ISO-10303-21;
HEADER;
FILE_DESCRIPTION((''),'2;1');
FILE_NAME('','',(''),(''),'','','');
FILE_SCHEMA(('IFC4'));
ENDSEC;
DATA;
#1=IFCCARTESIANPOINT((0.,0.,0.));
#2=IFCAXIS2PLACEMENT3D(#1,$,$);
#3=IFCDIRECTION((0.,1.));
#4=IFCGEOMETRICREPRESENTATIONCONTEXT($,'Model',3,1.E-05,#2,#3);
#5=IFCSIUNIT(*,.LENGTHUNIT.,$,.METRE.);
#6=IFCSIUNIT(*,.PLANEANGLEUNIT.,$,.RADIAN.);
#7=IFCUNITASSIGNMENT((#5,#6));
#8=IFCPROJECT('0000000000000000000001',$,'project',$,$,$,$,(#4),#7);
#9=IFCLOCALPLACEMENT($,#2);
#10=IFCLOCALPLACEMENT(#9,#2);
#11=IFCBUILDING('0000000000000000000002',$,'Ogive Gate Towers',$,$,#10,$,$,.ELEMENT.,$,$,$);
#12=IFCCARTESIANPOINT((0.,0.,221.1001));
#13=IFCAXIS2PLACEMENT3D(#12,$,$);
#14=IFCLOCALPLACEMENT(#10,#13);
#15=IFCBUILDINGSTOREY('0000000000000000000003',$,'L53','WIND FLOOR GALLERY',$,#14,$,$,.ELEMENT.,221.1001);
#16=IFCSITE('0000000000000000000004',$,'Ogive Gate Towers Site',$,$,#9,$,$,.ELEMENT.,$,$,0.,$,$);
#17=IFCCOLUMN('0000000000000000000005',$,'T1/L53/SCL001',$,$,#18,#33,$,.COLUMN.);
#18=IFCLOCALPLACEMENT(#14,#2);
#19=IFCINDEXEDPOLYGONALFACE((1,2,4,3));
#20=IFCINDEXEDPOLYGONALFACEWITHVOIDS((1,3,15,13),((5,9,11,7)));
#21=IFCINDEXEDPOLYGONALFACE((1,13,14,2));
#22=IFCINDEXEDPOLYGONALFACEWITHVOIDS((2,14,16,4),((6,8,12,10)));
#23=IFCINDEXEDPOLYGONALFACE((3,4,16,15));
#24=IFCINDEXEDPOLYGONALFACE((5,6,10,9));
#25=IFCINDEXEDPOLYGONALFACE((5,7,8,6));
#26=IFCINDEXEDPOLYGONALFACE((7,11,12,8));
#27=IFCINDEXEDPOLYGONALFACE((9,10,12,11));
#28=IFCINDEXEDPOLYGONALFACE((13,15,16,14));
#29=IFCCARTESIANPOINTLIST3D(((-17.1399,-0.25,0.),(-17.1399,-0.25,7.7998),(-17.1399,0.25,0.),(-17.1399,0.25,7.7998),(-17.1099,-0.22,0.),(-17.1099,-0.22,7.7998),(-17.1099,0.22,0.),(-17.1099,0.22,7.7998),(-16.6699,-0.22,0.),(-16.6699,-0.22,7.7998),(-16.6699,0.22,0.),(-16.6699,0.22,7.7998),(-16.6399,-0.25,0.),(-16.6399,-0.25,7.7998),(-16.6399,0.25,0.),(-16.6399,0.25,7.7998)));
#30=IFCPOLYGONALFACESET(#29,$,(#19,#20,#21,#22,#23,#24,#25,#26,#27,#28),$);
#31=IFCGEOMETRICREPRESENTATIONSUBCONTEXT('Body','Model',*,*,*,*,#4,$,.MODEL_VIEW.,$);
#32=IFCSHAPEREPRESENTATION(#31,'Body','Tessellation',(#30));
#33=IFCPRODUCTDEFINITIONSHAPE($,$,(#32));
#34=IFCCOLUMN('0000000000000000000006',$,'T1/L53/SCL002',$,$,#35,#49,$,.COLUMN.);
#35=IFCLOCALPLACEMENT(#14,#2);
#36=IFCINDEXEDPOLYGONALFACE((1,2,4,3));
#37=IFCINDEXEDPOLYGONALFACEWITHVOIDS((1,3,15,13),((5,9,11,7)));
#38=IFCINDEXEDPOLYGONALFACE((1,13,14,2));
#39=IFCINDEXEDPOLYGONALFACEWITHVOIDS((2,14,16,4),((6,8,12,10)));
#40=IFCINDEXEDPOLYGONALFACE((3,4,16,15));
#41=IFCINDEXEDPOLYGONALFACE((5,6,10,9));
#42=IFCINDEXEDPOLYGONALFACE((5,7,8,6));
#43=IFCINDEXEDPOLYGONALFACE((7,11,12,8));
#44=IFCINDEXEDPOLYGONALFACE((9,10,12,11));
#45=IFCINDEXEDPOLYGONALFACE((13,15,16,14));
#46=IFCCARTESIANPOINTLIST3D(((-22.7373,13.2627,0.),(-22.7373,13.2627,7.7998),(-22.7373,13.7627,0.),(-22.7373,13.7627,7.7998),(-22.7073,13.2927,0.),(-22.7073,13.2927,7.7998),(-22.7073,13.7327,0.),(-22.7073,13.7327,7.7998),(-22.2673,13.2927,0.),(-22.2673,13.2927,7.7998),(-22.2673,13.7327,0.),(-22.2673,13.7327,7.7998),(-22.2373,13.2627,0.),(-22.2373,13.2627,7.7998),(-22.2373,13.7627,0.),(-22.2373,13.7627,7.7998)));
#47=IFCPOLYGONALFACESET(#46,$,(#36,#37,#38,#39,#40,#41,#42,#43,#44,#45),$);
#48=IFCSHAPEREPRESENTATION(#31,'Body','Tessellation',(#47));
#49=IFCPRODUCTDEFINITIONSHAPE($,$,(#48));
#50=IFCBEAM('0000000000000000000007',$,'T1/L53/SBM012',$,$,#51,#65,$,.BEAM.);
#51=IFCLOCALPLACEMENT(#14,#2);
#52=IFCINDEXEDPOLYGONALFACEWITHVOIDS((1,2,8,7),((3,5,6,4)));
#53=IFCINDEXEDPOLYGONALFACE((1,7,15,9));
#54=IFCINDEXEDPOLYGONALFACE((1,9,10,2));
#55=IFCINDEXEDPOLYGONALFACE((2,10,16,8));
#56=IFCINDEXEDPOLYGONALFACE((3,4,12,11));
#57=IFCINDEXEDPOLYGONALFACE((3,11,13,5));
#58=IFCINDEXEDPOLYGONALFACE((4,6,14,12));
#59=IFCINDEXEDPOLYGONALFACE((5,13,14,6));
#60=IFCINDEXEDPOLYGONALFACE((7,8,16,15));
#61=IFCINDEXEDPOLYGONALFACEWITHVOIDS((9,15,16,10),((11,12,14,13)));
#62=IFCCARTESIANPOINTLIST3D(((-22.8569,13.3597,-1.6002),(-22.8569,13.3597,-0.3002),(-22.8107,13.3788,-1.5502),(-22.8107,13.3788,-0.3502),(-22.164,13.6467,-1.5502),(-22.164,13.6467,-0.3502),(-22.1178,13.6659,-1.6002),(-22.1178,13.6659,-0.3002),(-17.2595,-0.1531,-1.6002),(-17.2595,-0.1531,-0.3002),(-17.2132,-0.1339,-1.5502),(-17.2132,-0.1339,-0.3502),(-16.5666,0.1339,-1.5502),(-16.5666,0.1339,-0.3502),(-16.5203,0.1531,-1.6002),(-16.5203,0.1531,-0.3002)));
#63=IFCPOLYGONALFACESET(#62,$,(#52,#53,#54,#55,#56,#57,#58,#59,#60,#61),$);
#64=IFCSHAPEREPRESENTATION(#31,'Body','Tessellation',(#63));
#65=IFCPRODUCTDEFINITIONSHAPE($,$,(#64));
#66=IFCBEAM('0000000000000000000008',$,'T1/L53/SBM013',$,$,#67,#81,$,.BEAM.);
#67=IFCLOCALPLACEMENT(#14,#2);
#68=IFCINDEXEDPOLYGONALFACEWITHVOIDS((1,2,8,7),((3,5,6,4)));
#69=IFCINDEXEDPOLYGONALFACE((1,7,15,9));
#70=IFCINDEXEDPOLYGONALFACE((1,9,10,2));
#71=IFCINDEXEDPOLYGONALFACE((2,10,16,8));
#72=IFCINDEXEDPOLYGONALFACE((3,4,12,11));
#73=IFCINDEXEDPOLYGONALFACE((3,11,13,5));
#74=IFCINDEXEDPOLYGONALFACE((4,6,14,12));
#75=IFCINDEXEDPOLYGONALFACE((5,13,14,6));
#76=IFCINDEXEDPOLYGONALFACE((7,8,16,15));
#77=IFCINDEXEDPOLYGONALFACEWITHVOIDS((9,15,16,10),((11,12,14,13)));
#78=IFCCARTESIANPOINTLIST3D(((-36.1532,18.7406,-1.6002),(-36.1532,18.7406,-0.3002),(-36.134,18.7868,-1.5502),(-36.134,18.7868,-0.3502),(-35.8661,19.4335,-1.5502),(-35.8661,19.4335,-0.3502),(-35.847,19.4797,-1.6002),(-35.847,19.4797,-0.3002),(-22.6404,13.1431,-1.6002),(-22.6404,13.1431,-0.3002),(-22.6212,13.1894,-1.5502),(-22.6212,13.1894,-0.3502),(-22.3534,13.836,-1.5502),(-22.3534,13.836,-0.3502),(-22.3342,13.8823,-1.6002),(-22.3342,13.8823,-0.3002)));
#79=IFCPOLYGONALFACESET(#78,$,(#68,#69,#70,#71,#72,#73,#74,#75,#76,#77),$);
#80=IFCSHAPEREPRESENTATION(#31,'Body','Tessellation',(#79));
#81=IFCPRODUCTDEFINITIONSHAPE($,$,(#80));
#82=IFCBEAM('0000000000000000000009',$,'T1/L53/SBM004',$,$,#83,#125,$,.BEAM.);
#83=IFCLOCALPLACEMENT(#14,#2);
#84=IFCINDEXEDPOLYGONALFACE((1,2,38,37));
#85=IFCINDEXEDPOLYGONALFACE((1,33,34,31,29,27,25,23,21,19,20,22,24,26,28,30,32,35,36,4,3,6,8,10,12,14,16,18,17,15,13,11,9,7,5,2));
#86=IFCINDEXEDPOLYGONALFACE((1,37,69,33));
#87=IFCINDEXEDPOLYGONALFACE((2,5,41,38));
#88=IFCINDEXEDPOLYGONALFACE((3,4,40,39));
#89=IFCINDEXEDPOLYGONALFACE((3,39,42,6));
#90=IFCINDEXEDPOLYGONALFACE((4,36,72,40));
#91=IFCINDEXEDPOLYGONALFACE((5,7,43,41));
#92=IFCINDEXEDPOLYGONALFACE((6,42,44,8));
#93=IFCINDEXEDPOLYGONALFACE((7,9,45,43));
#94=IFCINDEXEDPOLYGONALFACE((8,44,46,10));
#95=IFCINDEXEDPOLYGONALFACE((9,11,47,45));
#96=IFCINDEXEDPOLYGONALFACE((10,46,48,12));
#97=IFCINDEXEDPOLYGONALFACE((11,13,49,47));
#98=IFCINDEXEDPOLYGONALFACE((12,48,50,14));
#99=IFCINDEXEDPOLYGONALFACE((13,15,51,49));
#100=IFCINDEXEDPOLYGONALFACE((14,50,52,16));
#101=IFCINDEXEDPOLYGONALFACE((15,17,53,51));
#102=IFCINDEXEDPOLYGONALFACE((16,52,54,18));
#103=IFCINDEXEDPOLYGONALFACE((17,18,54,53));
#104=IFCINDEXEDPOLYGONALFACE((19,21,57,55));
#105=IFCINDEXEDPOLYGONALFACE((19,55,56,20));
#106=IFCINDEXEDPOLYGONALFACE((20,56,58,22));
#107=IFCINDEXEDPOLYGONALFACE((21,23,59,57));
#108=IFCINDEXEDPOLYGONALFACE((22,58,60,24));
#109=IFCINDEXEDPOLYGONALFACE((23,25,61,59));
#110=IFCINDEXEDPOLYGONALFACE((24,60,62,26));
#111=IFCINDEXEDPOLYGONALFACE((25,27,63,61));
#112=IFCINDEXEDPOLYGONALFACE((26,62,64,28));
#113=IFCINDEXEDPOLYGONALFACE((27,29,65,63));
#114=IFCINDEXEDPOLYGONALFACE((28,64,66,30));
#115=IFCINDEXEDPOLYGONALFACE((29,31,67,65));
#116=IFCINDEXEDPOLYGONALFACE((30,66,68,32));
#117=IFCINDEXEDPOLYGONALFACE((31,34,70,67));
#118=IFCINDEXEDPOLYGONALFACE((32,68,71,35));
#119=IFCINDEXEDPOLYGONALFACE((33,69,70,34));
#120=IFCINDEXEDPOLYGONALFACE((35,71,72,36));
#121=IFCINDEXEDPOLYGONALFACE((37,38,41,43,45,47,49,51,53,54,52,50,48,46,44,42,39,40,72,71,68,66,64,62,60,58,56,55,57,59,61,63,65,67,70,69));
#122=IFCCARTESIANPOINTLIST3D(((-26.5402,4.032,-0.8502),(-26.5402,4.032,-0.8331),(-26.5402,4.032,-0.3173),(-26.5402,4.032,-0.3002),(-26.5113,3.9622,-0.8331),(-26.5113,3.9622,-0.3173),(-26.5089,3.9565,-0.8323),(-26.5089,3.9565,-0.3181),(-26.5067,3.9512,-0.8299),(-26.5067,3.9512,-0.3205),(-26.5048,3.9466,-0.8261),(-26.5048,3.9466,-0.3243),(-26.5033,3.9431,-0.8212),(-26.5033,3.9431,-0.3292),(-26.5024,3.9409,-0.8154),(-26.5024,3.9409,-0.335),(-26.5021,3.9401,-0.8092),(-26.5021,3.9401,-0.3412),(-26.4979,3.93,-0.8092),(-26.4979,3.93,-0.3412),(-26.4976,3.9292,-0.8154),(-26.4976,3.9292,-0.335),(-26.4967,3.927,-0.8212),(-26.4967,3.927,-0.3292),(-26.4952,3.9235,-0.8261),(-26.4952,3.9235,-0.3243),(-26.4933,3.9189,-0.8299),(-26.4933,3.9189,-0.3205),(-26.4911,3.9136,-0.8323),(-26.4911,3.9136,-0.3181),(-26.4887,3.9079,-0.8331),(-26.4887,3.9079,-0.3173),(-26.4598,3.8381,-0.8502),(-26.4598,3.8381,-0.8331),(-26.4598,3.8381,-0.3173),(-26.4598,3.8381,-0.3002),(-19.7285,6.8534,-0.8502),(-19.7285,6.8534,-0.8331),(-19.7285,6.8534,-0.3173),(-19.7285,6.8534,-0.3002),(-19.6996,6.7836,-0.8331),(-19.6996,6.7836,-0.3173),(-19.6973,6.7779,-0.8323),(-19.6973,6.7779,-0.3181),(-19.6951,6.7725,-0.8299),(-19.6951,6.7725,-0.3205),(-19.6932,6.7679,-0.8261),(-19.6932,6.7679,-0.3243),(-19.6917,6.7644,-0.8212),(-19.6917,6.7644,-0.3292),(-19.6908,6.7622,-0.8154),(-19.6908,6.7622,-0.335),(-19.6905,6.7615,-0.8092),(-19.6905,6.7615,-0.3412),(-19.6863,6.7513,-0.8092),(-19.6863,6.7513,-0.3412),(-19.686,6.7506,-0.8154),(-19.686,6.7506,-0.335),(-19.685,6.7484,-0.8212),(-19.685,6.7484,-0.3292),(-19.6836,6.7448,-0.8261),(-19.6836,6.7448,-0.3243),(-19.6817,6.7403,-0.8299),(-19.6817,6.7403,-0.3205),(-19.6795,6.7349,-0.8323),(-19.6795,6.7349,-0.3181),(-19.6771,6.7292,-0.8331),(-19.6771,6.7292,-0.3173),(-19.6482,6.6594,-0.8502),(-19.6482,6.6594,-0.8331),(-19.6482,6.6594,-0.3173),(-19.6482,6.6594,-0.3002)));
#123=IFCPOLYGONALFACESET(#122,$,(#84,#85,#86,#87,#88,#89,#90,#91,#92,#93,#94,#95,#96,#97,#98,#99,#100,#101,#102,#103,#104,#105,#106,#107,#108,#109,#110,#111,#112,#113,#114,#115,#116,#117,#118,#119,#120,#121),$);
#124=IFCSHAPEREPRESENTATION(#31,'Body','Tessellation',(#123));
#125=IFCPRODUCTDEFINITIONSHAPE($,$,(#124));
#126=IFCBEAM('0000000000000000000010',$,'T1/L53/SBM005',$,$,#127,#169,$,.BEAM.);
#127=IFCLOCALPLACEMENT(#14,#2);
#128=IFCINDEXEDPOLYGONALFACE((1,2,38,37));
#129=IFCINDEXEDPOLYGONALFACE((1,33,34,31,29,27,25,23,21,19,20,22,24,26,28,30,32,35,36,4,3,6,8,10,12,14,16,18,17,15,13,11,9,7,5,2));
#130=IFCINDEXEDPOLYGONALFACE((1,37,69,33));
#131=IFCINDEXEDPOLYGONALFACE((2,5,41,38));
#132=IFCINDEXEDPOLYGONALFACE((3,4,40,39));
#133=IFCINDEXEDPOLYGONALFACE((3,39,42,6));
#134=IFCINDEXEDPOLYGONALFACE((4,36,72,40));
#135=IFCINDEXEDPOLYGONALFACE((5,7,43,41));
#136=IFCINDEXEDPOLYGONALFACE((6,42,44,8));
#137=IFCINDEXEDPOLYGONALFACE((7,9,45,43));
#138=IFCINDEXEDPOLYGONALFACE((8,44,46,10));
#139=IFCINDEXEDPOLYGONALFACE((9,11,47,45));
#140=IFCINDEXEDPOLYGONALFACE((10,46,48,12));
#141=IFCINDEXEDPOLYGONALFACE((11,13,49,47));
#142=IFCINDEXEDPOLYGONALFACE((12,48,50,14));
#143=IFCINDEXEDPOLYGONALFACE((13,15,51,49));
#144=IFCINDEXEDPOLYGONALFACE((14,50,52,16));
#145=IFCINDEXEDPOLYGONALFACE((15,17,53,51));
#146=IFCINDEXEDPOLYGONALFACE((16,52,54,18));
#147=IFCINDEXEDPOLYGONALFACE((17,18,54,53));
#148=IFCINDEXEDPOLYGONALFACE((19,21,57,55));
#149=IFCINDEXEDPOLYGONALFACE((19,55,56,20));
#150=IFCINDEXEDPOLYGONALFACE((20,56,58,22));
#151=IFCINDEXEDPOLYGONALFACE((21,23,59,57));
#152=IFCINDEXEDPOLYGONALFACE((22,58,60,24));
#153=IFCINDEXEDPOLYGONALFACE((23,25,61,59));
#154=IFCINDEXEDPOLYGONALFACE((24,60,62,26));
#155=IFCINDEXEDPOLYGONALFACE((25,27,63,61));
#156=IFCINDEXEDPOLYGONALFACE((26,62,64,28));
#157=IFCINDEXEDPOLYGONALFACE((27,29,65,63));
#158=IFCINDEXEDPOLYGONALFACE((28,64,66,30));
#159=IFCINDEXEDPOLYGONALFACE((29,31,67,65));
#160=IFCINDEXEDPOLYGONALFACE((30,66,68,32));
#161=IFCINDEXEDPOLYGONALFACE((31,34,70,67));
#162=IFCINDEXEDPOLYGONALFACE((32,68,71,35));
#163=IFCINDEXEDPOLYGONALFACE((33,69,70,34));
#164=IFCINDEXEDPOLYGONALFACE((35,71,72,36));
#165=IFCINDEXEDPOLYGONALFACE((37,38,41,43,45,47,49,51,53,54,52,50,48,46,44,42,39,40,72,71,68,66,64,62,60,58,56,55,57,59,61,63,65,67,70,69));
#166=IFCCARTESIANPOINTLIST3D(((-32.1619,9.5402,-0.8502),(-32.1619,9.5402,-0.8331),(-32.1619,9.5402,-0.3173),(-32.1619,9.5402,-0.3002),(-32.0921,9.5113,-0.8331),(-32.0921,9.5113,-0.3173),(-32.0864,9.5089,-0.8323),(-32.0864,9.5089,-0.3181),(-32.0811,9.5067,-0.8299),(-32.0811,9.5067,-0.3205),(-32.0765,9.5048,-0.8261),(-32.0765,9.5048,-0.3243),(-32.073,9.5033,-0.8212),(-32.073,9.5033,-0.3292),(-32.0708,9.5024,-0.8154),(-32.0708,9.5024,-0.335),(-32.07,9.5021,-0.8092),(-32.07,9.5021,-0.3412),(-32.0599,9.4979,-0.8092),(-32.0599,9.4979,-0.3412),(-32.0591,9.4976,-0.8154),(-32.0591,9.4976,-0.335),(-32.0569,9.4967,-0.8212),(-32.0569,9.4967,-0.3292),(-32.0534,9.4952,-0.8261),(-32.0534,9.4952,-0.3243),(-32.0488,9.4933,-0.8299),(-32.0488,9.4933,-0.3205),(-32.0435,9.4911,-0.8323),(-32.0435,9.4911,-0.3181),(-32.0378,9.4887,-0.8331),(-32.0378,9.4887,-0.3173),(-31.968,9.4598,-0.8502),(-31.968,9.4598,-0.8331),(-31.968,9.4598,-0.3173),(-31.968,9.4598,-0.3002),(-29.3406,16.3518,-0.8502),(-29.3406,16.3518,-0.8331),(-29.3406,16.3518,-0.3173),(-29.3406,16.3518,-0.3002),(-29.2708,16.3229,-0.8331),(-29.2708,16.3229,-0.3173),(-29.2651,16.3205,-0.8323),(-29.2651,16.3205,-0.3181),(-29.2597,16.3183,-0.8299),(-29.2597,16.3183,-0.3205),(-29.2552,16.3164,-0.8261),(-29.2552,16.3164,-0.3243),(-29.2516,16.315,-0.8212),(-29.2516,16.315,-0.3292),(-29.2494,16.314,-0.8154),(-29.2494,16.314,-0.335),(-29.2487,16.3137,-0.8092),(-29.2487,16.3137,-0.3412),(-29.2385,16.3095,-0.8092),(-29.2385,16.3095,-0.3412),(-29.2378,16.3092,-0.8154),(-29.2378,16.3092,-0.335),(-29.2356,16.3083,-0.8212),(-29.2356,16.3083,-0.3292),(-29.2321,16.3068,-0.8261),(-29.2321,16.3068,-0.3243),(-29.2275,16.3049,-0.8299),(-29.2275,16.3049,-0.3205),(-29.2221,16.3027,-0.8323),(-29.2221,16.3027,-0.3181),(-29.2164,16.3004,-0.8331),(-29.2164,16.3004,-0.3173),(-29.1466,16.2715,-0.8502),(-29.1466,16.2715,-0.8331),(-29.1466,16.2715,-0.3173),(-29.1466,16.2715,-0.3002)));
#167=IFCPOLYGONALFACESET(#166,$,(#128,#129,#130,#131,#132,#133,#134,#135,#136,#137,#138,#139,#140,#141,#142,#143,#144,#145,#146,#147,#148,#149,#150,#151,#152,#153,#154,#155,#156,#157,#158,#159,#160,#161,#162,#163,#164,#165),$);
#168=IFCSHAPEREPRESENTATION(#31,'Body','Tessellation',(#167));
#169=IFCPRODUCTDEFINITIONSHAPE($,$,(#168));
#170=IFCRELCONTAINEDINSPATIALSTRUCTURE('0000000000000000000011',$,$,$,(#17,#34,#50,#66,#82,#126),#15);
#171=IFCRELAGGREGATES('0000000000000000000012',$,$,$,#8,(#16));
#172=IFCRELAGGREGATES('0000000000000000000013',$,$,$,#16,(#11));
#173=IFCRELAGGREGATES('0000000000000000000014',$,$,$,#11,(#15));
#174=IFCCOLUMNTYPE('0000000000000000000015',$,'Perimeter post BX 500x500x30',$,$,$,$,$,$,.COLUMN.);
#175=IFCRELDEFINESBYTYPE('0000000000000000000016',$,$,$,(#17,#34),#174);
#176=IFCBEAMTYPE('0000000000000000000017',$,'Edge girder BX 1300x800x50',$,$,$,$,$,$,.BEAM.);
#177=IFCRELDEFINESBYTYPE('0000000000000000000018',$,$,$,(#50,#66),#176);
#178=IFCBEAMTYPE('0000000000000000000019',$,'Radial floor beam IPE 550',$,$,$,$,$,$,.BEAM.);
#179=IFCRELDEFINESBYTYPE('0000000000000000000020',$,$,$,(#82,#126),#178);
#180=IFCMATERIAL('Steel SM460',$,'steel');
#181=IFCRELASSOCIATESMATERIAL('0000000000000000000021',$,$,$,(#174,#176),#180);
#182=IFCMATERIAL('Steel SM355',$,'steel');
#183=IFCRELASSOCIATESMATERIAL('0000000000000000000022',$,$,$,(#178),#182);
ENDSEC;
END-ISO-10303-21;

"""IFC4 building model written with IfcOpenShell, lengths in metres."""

from ifc_helpers import new_model, si_unit, direction, frame, origin, origin_2d, place, context, subcontext, project, spatial, hollow_rectangle, i_section, extrude, material, material_profile, profile_set, type_object, element, save


model = new_model("IFC4")

# Units and contexts
model_context = context("Model", 3, precision=1e-05, world=origin(), true_north=direction((0.0, 1.0)))
body_context = subcontext(model_context, "Body", "Model", "MODEL_VIEW")
ifc_project = project(units=[si_unit("LENGTHUNIT", "METRE"), si_unit("PLANEANGLEUNIT", "RADIAN")], contexts=[model_context])

# Site, building, storey
site_placement = place(None, origin())
site = spatial("IfcSite", under=ifc_project, at=site_placement, Name="Ogive Gate Towers Site", CompositionType="ELEMENT", RefElevation=0.0)
building_placement = place(site_placement, origin())
building = spatial("IfcBuilding", under=site, at=building_placement, Name="Ogive Gate Towers", CompositionType="ELEMENT")
storey_placement = place(building_placement, frame((0.0, 0.0, 221.1001)))
storey = spatial("IfcBuildingStorey", under=building, at=storey_placement, Name="L53", Description="WIND FLOOR GALLERY", CompositionType="ELEMENT", Elevation=221.1001)

# Columns
ifc_material_1 = material(Name="Steel SM460", Category="steel")
ifc_material_profile_1 = material_profile(ifc_material_1, hollow_rectangle(XDim=0.5, YDim=0.5, WallThickness=0.03, at=origin_2d()), Name="BX 500x500x30")
ifc_profile_set_1 = profile_set([ifc_material_profile_1], Name="Steel SM460")
column_type = type_object("IfcColumnType", Name="Perimeter post BX 500x500x30", PredefinedType="COLUMN", material=ifc_profile_set_1)
for number, where, z_axis, x_axis, name in (
    (1, (-16.8899, 0.0, 0.0), (0.0, 0.0, 1.0), (1.0, 0.0, 0.0), "T1/L53/SCL001"),
    (2, (-22.4873, 13.5127, 0.0), (0.0, 0.0, 1.0), (1.0, 0.0, 0.0), "T1/L53/SCL002"),
):
    element("IfcColumn", number, at=place(storey_placement, frame(where, z_axis=z_axis, x_axis=x_axis)), inside=storey, type_object=column_type, Name=name, PredefinedType="COLUMN", context=body_context, shape_type="SweptSolid", body=[
        extrude(hollow_rectangle(XDim=0.5, YDim=0.5, WallThickness=0.03, at=origin_2d()), origin(), (0.0, 0.0, 1.0), 7.7998),
    ])

# Beams
ifc_material_profile_2 = material_profile(ifc_material_1, hollow_rectangle(XDim=0.8, YDim=1.3, WallThickness=0.05, at=origin_2d()), Name="BX 1300x800x50")
ifc_profile_set_2 = profile_set([ifc_material_profile_2], Name="Steel SM460")
beam_type_1 = type_object("IfcBeamType", Name="Edge girder BX 1300x800x50", PredefinedType="BEAM", material=ifc_profile_set_2)
for number, where, z_axis, x_axis, name in (
    (3, (-16.8899, 0.0, -0.9502), (-0.382699, 0.923873, 0.0), (-0.923873, -0.382699, 0.0), "T1/L53/SBM012"),
    (4, (-22.4873, 13.5127, -0.9502), (-0.923873, 0.382699, 0.0), (-0.382699, -0.923873, 0.0), "T1/L53/SBM013"),
):
    element("IfcBeam", number, at=place(storey_placement, frame(where, z_axis=z_axis, x_axis=x_axis)), inside=storey, type_object=beam_type_1, Name=name, PredefinedType="BEAM", context=body_context, shape_type="SweptSolid", body=[
        extrude(hollow_rectangle(XDim=0.8, YDim=1.3, WallThickness=0.05, at=origin_2d()), origin(), (0.0, 0.0, 1.0), 14.6262),
    ])
ifc_material_2 = material(Name="Steel SM355", Category="steel")
ifc_material_profile_3 = material_profile(ifc_material_2, i_section(OverallWidth=0.21, OverallDepth=0.55, WebThickness=0.011, FlangeThickness=0.0171, FilletRadius=0.0239, at=origin_2d()), Name="IPE 550")
ifc_profile_set_3 = profile_set([ifc_material_profile_3], Name="Steel SM355")
beam_type_2 = type_object("IfcBeamType", Name="Radial floor beam IPE 550", PredefinedType="BEAM", material=ifc_profile_set_3)
for number, where, z_axis, x_axis, name in (
    (5, (-26.5, 3.9351, -0.5752), (0.923886, 0.382668, 0.0), (-0.382668, 0.923886, 0.0), "T1/L53/SBM004"),
    (6, (-32.0649, 9.5, -0.5752), (0.382668, 0.923886, 0.0), (-0.923886, 0.382668, 0.0), "T1/L53/SBM005"),
):
    element("IfcBeam", number, at=place(storey_placement, frame(where, z_axis=z_axis, x_axis=x_axis)), inside=storey, type_object=beam_type_2, Name=name, PredefinedType="BEAM", context=body_context, shape_type="SweptSolid", body=[
        extrude(i_section(OverallWidth=0.21, OverallDepth=0.55, WebThickness=0.011, FlangeThickness=0.0171, FilletRadius=0.0239, at=origin_2d()), origin(), (0.0, 0.0, 1.0), 7.3728),
    ])

save(model, "model.ifc")
